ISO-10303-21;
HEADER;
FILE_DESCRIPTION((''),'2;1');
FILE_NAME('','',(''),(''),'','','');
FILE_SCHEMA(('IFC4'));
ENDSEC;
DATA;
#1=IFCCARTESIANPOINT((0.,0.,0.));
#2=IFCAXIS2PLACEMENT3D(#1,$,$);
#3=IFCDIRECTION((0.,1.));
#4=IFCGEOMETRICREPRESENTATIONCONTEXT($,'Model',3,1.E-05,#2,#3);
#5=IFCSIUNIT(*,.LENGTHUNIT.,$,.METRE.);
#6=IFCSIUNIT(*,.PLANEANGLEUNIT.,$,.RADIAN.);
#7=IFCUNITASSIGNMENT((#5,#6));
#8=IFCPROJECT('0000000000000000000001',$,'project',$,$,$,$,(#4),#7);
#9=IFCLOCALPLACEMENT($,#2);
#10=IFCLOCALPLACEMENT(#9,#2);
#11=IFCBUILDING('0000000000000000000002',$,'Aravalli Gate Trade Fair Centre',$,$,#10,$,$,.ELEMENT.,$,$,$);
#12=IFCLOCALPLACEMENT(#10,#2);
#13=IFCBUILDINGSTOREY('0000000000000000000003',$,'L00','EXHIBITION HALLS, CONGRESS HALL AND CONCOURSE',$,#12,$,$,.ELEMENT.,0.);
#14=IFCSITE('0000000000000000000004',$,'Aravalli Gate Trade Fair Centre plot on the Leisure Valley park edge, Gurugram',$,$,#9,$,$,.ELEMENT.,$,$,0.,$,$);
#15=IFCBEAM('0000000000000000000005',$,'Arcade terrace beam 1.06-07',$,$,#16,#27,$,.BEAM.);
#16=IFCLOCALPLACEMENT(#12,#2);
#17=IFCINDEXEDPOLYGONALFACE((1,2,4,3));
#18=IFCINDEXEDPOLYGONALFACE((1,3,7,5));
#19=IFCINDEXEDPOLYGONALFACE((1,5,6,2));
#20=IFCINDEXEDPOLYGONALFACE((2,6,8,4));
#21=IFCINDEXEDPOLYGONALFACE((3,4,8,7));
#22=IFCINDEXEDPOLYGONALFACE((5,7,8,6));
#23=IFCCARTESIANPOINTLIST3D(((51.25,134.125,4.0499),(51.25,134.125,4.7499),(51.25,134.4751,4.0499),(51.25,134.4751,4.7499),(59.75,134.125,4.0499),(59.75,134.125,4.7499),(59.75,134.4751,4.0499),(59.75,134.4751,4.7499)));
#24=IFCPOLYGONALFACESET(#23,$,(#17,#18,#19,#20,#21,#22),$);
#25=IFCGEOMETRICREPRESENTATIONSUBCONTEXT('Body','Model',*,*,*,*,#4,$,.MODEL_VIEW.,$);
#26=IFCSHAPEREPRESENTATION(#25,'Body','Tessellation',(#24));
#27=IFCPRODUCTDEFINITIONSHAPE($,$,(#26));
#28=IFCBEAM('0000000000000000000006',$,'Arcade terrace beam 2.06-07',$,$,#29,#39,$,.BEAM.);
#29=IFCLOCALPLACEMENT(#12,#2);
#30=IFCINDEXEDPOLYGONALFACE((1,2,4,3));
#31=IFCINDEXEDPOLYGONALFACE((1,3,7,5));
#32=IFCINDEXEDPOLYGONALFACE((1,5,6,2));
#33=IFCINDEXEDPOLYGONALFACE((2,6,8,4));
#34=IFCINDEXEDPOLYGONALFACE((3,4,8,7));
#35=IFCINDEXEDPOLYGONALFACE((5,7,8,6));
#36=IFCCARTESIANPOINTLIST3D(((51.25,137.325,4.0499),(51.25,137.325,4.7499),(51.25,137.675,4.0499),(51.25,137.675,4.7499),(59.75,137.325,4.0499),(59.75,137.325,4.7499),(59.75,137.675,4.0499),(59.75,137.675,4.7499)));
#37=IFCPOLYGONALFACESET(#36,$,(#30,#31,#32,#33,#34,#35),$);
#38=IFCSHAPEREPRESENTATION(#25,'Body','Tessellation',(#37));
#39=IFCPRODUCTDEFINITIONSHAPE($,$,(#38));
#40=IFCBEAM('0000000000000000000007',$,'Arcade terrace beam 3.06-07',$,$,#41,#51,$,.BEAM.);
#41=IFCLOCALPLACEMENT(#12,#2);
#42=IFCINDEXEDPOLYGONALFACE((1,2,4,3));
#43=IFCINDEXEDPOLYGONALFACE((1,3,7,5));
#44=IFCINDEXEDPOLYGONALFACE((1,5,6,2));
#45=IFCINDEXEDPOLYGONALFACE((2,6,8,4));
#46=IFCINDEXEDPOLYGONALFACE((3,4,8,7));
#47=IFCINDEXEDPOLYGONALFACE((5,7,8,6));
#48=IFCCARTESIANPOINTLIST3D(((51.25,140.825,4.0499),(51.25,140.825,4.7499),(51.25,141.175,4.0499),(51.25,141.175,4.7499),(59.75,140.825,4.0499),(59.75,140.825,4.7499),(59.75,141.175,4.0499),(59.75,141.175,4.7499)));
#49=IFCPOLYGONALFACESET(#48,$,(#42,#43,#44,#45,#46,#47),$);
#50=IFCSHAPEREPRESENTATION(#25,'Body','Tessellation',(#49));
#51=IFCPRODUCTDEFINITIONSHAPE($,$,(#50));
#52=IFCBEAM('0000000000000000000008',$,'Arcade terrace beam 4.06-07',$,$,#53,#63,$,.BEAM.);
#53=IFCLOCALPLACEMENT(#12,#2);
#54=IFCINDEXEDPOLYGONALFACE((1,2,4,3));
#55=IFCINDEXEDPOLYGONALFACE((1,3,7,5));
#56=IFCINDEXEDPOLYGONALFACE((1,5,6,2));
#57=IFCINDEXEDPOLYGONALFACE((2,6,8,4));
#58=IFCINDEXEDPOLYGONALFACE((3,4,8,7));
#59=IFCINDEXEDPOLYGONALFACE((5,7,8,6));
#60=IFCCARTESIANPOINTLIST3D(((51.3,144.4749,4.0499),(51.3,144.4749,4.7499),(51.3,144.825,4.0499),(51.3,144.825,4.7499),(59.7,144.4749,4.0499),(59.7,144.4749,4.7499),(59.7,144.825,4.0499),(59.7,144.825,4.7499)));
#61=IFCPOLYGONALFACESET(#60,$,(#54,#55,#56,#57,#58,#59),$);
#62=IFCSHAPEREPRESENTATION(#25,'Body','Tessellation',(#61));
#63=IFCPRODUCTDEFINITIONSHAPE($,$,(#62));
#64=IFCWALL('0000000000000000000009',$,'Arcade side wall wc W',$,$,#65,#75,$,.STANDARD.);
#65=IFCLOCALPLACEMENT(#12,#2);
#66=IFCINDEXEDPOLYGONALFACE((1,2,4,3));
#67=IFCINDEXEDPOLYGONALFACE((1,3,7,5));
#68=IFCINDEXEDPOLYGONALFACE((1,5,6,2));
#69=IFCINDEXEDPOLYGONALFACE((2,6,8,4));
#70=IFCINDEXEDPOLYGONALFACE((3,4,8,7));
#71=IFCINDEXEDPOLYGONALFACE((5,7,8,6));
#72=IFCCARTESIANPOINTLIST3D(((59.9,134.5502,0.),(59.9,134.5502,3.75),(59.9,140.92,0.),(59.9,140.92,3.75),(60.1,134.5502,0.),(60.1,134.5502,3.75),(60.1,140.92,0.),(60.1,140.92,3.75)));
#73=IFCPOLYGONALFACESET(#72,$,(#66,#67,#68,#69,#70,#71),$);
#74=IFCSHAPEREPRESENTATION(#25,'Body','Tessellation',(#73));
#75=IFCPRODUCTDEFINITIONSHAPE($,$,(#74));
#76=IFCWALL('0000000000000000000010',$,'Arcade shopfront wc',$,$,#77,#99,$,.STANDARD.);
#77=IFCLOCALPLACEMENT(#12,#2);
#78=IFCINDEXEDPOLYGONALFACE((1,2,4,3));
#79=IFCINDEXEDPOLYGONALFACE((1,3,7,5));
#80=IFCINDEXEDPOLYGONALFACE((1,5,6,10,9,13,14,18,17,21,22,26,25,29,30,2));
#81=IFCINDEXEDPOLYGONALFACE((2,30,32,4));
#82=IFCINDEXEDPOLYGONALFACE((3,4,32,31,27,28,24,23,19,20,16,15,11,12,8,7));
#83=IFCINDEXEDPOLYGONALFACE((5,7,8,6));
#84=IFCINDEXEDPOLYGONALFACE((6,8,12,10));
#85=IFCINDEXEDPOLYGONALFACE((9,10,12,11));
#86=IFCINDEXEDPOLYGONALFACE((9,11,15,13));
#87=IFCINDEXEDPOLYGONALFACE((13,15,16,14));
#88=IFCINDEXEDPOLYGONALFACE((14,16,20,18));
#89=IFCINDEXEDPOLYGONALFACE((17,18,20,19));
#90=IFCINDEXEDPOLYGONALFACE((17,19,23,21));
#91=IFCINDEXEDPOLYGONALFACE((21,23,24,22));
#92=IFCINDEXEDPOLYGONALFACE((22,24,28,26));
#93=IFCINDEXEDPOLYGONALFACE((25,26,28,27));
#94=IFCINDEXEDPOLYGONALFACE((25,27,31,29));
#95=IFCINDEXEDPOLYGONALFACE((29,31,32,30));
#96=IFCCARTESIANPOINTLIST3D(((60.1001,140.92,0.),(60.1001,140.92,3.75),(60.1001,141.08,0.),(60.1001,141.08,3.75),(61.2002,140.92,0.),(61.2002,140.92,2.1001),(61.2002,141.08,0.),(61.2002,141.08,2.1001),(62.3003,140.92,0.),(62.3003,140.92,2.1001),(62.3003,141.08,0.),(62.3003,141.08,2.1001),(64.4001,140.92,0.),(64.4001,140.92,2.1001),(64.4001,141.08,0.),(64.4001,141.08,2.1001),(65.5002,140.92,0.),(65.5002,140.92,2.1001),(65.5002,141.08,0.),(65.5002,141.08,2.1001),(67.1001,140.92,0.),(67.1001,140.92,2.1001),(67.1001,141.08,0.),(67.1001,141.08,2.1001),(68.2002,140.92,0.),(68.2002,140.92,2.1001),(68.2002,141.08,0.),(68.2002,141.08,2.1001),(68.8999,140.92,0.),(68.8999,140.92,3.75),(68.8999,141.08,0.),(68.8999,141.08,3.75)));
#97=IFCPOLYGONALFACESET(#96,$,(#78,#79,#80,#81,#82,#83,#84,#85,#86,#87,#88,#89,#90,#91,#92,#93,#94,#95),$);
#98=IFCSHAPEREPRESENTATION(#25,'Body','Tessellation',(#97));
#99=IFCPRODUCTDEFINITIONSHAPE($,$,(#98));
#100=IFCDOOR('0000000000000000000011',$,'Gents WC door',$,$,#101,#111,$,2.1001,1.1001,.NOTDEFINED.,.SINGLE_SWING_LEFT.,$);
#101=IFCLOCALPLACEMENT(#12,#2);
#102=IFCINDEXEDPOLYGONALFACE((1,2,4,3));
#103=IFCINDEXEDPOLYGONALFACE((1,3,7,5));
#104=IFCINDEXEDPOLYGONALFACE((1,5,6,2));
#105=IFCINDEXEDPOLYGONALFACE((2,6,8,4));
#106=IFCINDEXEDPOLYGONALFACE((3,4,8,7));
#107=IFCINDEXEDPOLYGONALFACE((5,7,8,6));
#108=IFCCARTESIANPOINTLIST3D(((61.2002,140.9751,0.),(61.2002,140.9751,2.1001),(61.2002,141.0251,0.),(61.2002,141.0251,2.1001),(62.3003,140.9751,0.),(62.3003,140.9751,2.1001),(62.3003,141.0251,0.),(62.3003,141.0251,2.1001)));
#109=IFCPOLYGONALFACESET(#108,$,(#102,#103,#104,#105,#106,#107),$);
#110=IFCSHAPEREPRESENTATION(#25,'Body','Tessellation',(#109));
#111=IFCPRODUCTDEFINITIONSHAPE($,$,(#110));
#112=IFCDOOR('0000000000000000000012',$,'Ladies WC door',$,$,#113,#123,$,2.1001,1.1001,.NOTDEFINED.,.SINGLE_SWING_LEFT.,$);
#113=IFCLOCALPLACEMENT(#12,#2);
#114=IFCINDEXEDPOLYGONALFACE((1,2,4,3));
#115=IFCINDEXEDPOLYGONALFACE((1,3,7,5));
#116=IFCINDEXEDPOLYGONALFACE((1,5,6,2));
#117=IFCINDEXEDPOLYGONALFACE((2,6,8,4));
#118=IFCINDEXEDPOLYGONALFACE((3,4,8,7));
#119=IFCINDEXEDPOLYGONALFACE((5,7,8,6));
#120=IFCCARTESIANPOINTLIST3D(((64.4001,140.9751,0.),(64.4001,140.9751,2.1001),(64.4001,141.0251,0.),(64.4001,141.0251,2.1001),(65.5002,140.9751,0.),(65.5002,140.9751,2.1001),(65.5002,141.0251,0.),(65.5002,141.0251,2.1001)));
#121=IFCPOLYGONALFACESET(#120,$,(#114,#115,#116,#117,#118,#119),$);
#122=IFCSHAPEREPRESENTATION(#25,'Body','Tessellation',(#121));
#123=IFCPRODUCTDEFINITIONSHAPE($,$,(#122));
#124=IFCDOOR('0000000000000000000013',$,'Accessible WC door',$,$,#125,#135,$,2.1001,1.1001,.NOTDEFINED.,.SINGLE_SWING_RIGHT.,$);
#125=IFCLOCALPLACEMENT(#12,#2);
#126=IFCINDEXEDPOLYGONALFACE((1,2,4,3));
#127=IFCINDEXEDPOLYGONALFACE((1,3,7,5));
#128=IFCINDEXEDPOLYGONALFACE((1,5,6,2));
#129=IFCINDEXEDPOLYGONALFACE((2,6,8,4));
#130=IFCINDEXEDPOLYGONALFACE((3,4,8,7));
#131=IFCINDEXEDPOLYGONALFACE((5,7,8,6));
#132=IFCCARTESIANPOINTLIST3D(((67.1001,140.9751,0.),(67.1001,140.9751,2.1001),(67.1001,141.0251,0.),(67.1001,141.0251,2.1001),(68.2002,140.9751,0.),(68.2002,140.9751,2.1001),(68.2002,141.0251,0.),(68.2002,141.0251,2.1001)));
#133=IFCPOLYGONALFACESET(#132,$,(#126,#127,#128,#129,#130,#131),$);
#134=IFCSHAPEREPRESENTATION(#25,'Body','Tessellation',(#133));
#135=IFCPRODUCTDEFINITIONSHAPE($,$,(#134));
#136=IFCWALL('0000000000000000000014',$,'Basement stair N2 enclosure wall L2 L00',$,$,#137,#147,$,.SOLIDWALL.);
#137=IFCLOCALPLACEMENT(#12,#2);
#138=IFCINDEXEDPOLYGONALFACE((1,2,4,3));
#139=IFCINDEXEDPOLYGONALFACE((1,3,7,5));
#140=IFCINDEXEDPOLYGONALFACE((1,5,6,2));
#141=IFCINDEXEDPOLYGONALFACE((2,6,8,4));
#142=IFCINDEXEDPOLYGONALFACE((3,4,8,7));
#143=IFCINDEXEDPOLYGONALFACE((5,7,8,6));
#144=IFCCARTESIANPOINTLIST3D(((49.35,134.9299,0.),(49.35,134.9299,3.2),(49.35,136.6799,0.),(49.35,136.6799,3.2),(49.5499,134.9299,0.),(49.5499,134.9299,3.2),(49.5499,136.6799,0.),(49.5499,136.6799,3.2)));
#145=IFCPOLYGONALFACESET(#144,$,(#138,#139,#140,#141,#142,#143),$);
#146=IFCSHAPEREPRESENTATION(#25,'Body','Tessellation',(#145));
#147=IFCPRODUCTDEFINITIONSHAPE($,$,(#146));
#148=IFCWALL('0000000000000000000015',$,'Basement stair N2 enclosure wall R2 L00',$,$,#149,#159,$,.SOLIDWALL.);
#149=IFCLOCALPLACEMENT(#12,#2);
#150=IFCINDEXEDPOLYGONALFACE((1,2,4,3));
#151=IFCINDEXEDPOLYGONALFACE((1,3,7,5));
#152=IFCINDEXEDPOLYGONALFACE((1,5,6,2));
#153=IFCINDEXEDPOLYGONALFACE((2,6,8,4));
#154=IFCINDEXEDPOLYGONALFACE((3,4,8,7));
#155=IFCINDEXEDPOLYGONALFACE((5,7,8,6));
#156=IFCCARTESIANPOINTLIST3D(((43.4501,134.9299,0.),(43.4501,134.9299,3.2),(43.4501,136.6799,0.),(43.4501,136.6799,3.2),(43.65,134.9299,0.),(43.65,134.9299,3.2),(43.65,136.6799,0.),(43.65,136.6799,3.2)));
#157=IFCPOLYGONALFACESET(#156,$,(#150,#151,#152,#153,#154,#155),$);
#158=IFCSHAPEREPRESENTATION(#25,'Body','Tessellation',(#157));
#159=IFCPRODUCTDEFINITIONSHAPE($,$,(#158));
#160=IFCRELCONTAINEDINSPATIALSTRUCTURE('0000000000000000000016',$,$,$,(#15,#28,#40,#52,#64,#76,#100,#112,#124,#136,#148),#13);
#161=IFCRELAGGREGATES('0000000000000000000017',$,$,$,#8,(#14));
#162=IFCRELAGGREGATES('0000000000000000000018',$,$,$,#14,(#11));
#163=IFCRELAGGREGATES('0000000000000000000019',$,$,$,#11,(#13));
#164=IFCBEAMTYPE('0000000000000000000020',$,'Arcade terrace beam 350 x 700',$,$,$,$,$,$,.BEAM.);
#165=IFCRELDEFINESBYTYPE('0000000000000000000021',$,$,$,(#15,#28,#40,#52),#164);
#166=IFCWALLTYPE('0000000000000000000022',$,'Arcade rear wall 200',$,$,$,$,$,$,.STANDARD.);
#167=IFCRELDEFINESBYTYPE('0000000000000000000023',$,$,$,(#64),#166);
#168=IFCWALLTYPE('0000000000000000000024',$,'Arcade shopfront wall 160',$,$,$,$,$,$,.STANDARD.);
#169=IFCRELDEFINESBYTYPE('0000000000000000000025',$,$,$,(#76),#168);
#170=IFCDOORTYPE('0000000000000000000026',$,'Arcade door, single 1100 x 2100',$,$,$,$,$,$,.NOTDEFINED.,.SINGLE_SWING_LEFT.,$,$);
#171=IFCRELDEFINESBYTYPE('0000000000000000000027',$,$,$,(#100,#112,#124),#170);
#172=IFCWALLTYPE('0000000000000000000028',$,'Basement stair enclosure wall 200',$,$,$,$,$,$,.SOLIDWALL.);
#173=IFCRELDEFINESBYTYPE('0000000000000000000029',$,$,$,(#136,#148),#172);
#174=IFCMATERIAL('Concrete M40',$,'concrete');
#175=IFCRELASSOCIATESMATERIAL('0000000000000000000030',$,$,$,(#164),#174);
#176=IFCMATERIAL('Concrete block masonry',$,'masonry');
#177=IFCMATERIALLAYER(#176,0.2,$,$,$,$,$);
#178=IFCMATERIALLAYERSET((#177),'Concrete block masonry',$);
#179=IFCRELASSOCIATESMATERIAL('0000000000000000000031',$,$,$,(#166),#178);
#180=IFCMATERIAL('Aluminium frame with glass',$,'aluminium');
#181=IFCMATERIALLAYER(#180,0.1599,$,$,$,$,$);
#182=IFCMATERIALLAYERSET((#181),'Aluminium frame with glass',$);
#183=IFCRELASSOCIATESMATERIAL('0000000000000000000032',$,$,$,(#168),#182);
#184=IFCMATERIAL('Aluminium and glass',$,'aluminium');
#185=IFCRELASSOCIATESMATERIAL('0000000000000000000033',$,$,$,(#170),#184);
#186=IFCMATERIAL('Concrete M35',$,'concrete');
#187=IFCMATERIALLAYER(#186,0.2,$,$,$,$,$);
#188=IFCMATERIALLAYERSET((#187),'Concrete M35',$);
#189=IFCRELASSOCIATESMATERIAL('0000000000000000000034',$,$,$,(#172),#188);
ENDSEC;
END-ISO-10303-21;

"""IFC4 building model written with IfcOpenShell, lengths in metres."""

from ifc_helpers import new_model, si_unit, direction, frame, frame_2d, origin, origin_2d, place, context, subcontext, project, spatial, rectangle, extrude, material, layer, layer_set, material_profile, profile_set, type_object, element, fill, save


model = new_model("IFC4")

# Units and contexts
model_context = context("Model", 3, precision=1e-05, world=origin(), true_north=direction((0.0, 1.0)))
body_context = subcontext(model_context, "Body", "Model", "MODEL_VIEW")
ifc_project = project(units=[si_unit("LENGTHUNIT", "METRE"), si_unit("PLANEANGLEUNIT", "RADIAN")], contexts=[model_context])

# Site, building, storey
site_placement = place(None, origin())
site = spatial("IfcSite", under=ifc_project, at=site_placement, Name="Aravalli Gate Trade Fair Centre plot on the Leisure Valley park edge, Gurugram", CompositionType="ELEMENT", RefElevation=0.0)
building_placement = place(site_placement, origin())
building = spatial("IfcBuilding", under=site, at=building_placement, Name="Aravalli Gate Trade Fair Centre", CompositionType="ELEMENT")
storey_placement = place(building_placement, origin())
storey = spatial("IfcBuildingStorey", under=building, at=storey_placement, Name="L00", Description="EXHIBITION HALLS, CONGRESS HALL AND CONCOURSE", CompositionType="ELEMENT", Elevation=0.0)

# Beams
ifc_material_1 = material(Name="Concrete M40", Category="concrete")
ifc_material_profile_1 = material_profile(ifc_material_1, rectangle(XDim=0.3501, YDim=0.7, at=origin_2d()), Name="Arcade terrace beam 350 x 700")
ifc_profile_set_1 = profile_set([ifc_material_profile_1], Name="Concrete M40")
beam_type_1 = type_object("IfcBeamType", Name="Arcade terrace beam 350 x 700", PredefinedType="BEAM", material=ifc_profile_set_1)
for number, where, z_axis, x_axis, name in (
    (1, (51.25, 134.3, 4.3999), (1.0, 0.0, 0.0), (0.0, 1.0, 0.0), "Arcade terrace beam 1.06-07"),
    (2, (51.25, 137.5, 4.3999), (1.0, 0.0, 0.0), (0.0, 1.0, 0.0), "Arcade terrace beam 2.06-07"),
    (3, (51.25, 141.0, 4.3999), (1.0, 0.0, 0.0), (0.0, 1.0, 0.0), "Arcade terrace beam 3.06-07"),
):
    element("IfcBeam", number, at=place(storey_placement, frame(where, z_axis=z_axis, x_axis=x_axis)), inside=storey, type_object=beam_type_1, Name=name, PredefinedType="BEAM", context=body_context, shape_type="SweptSolid", body=[
        extrude(rectangle(XDim=0.3501, YDim=0.7, at=origin_2d()), origin(), (0.0, 0.0, 1.0), 8.5),
    ])
beam_1_placement = place(storey_placement, frame((51.3, 144.6499, 4.3999), z_axis=(1.0, 0.0, 0.0), x_axis=(0.0, 1.0, 0.0)))
element("IfcBeam", 4, at=beam_1_placement, inside=storey, type_object=beam_type_1, Name="Arcade terrace beam 4.06-07", PredefinedType="BEAM", context=body_context, shape_type="SweptSolid", body=[
    extrude(rectangle(XDim=0.3501, YDim=0.7, at=origin_2d()), origin(), (0.0, 0.0, 1.0), 8.3999),
])

# Wall
ifc_material_2 = material(Name="Concrete block masonry", Category="masonry")
ifc_layer_1 = layer(ifc_material_2, 0.2)
ifc_layer_set_1 = layer_set([ifc_layer_1], Name="Concrete block masonry")
wall_type_1 = type_object("IfcWallType", Name="Arcade rear wall 200", PredefinedType="STANDARD", material=ifc_layer_set_1)
wall_1_placement = place(storey_placement, frame((60.0, 134.55, 0.0), z_axis=(0.0, 0.0, 1.0), x_axis=(0.0, 1.0, 0.0)))
element("IfcWall", 5, at=wall_1_placement, inside=storey, type_object=wall_type_1, Name="Arcade side wall wc W", PredefinedType="STANDARD", context=body_context, shape_type="SweptSolid", body=[
    extrude(rectangle(XDim=6.3699, YDim=0.2, at=frame_2d((3.1851, 0.0))), origin(), (0.0, 0.0, 1.0), 3.75),
])

# Wall, openings, doors
ifc_material_3 = material(Name="Aluminium frame with glass", Category="aluminium")
ifc_layer_2 = layer(ifc_material_3, 0.1599)
ifc_layer_set_2 = layer_set([ifc_layer_2], Name="Aluminium frame with glass")
wall_type_2 = type_object("IfcWallType", Name="Arcade shopfront wall 160", PredefinedType="STANDARD", material=ifc_layer_set_2)
wall_2_placement = place(storey_placement, frame((60.1001, 141.0, 0.0), z_axis=(0.0, 0.0, 1.0), x_axis=(1.0, 0.0, 0.0)))
wall_2 = element("IfcWall", 6, at=wall_2_placement, inside=storey, type_object=wall_type_2, Name="Arcade shopfront wc", PredefinedType="STANDARD", context=body_context, shape_type="SweptSolid", body=[
    extrude(rectangle(XDim=8.7998, YDim=0.1599, at=frame_2d((4.3999, 0.0))), origin(), (0.0, 0.0, 1.0), 3.75),
])
opening_1_placement = place(wall_2_placement, frame((1.1001, 0.0, 0.0)))
opening_1 = element("IfcOpeningElement", 7, at=opening_1_placement, cuts=wall_2, PredefinedType="OPENING", context=body_context, shape_type="SweptSolid", body=[
    extrude(rectangle(XDim=1.1001, YDim=2.1001, at=frame_2d((0.55, 1.05))), frame((0.0, 0.0898, 0.0), z_axis=(0.0, -1.0, 0.0), x_axis=(1.0, 0.0, 0.0)), (0.0, 0.0, 1.0), 0.1799),
])
opening_2_placement = place(wall_2_placement, frame((4.3, 0.0, 0.0)))
opening_2 = element("IfcOpeningElement", 8, at=opening_2_placement, cuts=wall_2, PredefinedType="OPENING", context=body_context, shape_type="SweptSolid", body=[
    extrude(rectangle(XDim=1.1001, YDim=2.1001, at=frame_2d((0.55, 1.05))), frame((0.0, 0.0898, 0.0), z_axis=(0.0, -1.0, 0.0), x_axis=(1.0, 0.0, 0.0)), (0.0, 0.0, 1.0), 0.1799),
])
opening_3_placement = place(wall_2_placement, frame((7.0, 0.0, 0.0)))
opening_3 = element("IfcOpeningElement", 9, at=opening_3_placement, cuts=wall_2, PredefinedType="OPENING", context=body_context, shape_type="SweptSolid", body=[
    extrude(rectangle(XDim=1.1001, YDim=2.1001, at=frame_2d((0.55, 1.05))), frame((0.0, 0.0898, 0.0), z_axis=(0.0, -1.0, 0.0), x_axis=(1.0, 0.0, 0.0)), (0.0, 0.0, 1.0), 0.1799),
])
ifc_material_4 = material(Name="Aluminium and glass", Category="aluminium")
door_type_1 = type_object("IfcDoorType", Name="Arcade door, single 1100 x 2100", OperationType="SINGLE_SWING_LEFT", PredefinedType="NOTDEFINED", material=ifc_material_4)
door_1_placement = place(opening_1_placement, frame((1.1001, 0.0, 0.0), z_axis=(0.0, 0.0, 1.0), x_axis=(-1.0, 0.0, 0.0)))
door_1 = element("IfcDoor", 10, at=door_1_placement, inside=storey, type_object=door_type_1, Name="Gents WC door", OperationType="SINGLE_SWING_LEFT", OverallHeight=2.1001, OverallWidth=1.1001, PredefinedType="NOTDEFINED", context=body_context, shape_type="SweptSolid", body=[
    extrude(rectangle(XDim=1.1001, YDim=2.1001, at=frame_2d((0.55, 1.05))), frame((0.0, 0.0249, 0.0), z_axis=(0.0, -1.0, 0.0), x_axis=(1.0, 0.0, 0.0)), (0.0, 0.0, 1.0), 0.05),
])
fill(opening_1, door_1)
door_2_placement = place(opening_2_placement, frame((1.1001, 0.0, 0.0), z_axis=(0.0, 0.0, 1.0), x_axis=(-1.0, 0.0, 0.0)))
door_2 = element("IfcDoor", 11, at=door_2_placement, inside=storey, type_object=door_type_1, Name="Ladies WC door", OperationType="SINGLE_SWING_LEFT", OverallHeight=2.1001, OverallWidth=1.1001, PredefinedType="NOTDEFINED", context=body_context, shape_type="SweptSolid", body=[
    extrude(rectangle(XDim=1.1001, YDim=2.1001, at=frame_2d((0.55, 1.05))), frame((0.0, 0.0249, 0.0), z_axis=(0.0, -1.0, 0.0), x_axis=(1.0, 0.0, 0.0)), (0.0, 0.0, 1.0), 0.05),
])
fill(opening_2, door_2)
door_3_placement = place(opening_3_placement, frame((1.1001, 0.0, 0.0), z_axis=(0.0, 0.0, 1.0), x_axis=(-1.0, 0.0, 0.0)))
door_3 = element("IfcDoor", 12, at=door_3_placement, inside=storey, type_object=door_type_1, Name="Accessible WC door", OperationType="SINGLE_SWING_RIGHT", OverallHeight=2.1001, OverallWidth=1.1001, PredefinedType="NOTDEFINED", context=body_context, shape_type="SweptSolid", body=[
    extrude(rectangle(XDim=1.1001, YDim=2.1001, at=frame_2d((0.55, 1.05))), frame((0.0, 0.0249, 0.0), z_axis=(0.0, -1.0, 0.0), x_axis=(1.0, 0.0, 0.0)), (0.0, 0.0, 1.0), 0.05),
])
fill(opening_3, door_3)

# Walls
ifc_material_5 = material(Name="Concrete M35", Category="concrete")
ifc_layer_3 = layer(ifc_material_5, 0.2)
ifc_layer_set_3 = layer_set([ifc_layer_3], Name="Concrete M35")
wall_type_3 = type_object("IfcWallType", Name="Basement stair enclosure wall 200", PredefinedType="SOLIDWALL", material=ifc_layer_set_3)
for number, where, z_axis, x_axis, name in (
    (13, (49.45, 134.9299, 0.0), (0.0, 0.0, 1.0), (0.0, 1.0, 0.0), "Basement stair N2 enclosure wall L2 L00"),
    (14, (43.55, 134.9299, 0.0), (0.0, 0.0, 1.0), (0.0, 1.0, 0.0), "Basement stair N2 enclosure wall R2 L00"),
):
    element("IfcWall", number, at=place(storey_placement, frame(where, z_axis=z_axis, x_axis=x_axis)), inside=storey, type_object=wall_type_3, Name=name, PredefinedType="SOLIDWALL", context=body_context, shape_type="SweptSolid", body=[
        extrude(rectangle(XDim=1.75, YDim=0.2, at=frame_2d((0.875, 0.0))), origin(), (0.0, 0.0, 1.0), 3.2),
    ])

save(model, "model.ifc")
